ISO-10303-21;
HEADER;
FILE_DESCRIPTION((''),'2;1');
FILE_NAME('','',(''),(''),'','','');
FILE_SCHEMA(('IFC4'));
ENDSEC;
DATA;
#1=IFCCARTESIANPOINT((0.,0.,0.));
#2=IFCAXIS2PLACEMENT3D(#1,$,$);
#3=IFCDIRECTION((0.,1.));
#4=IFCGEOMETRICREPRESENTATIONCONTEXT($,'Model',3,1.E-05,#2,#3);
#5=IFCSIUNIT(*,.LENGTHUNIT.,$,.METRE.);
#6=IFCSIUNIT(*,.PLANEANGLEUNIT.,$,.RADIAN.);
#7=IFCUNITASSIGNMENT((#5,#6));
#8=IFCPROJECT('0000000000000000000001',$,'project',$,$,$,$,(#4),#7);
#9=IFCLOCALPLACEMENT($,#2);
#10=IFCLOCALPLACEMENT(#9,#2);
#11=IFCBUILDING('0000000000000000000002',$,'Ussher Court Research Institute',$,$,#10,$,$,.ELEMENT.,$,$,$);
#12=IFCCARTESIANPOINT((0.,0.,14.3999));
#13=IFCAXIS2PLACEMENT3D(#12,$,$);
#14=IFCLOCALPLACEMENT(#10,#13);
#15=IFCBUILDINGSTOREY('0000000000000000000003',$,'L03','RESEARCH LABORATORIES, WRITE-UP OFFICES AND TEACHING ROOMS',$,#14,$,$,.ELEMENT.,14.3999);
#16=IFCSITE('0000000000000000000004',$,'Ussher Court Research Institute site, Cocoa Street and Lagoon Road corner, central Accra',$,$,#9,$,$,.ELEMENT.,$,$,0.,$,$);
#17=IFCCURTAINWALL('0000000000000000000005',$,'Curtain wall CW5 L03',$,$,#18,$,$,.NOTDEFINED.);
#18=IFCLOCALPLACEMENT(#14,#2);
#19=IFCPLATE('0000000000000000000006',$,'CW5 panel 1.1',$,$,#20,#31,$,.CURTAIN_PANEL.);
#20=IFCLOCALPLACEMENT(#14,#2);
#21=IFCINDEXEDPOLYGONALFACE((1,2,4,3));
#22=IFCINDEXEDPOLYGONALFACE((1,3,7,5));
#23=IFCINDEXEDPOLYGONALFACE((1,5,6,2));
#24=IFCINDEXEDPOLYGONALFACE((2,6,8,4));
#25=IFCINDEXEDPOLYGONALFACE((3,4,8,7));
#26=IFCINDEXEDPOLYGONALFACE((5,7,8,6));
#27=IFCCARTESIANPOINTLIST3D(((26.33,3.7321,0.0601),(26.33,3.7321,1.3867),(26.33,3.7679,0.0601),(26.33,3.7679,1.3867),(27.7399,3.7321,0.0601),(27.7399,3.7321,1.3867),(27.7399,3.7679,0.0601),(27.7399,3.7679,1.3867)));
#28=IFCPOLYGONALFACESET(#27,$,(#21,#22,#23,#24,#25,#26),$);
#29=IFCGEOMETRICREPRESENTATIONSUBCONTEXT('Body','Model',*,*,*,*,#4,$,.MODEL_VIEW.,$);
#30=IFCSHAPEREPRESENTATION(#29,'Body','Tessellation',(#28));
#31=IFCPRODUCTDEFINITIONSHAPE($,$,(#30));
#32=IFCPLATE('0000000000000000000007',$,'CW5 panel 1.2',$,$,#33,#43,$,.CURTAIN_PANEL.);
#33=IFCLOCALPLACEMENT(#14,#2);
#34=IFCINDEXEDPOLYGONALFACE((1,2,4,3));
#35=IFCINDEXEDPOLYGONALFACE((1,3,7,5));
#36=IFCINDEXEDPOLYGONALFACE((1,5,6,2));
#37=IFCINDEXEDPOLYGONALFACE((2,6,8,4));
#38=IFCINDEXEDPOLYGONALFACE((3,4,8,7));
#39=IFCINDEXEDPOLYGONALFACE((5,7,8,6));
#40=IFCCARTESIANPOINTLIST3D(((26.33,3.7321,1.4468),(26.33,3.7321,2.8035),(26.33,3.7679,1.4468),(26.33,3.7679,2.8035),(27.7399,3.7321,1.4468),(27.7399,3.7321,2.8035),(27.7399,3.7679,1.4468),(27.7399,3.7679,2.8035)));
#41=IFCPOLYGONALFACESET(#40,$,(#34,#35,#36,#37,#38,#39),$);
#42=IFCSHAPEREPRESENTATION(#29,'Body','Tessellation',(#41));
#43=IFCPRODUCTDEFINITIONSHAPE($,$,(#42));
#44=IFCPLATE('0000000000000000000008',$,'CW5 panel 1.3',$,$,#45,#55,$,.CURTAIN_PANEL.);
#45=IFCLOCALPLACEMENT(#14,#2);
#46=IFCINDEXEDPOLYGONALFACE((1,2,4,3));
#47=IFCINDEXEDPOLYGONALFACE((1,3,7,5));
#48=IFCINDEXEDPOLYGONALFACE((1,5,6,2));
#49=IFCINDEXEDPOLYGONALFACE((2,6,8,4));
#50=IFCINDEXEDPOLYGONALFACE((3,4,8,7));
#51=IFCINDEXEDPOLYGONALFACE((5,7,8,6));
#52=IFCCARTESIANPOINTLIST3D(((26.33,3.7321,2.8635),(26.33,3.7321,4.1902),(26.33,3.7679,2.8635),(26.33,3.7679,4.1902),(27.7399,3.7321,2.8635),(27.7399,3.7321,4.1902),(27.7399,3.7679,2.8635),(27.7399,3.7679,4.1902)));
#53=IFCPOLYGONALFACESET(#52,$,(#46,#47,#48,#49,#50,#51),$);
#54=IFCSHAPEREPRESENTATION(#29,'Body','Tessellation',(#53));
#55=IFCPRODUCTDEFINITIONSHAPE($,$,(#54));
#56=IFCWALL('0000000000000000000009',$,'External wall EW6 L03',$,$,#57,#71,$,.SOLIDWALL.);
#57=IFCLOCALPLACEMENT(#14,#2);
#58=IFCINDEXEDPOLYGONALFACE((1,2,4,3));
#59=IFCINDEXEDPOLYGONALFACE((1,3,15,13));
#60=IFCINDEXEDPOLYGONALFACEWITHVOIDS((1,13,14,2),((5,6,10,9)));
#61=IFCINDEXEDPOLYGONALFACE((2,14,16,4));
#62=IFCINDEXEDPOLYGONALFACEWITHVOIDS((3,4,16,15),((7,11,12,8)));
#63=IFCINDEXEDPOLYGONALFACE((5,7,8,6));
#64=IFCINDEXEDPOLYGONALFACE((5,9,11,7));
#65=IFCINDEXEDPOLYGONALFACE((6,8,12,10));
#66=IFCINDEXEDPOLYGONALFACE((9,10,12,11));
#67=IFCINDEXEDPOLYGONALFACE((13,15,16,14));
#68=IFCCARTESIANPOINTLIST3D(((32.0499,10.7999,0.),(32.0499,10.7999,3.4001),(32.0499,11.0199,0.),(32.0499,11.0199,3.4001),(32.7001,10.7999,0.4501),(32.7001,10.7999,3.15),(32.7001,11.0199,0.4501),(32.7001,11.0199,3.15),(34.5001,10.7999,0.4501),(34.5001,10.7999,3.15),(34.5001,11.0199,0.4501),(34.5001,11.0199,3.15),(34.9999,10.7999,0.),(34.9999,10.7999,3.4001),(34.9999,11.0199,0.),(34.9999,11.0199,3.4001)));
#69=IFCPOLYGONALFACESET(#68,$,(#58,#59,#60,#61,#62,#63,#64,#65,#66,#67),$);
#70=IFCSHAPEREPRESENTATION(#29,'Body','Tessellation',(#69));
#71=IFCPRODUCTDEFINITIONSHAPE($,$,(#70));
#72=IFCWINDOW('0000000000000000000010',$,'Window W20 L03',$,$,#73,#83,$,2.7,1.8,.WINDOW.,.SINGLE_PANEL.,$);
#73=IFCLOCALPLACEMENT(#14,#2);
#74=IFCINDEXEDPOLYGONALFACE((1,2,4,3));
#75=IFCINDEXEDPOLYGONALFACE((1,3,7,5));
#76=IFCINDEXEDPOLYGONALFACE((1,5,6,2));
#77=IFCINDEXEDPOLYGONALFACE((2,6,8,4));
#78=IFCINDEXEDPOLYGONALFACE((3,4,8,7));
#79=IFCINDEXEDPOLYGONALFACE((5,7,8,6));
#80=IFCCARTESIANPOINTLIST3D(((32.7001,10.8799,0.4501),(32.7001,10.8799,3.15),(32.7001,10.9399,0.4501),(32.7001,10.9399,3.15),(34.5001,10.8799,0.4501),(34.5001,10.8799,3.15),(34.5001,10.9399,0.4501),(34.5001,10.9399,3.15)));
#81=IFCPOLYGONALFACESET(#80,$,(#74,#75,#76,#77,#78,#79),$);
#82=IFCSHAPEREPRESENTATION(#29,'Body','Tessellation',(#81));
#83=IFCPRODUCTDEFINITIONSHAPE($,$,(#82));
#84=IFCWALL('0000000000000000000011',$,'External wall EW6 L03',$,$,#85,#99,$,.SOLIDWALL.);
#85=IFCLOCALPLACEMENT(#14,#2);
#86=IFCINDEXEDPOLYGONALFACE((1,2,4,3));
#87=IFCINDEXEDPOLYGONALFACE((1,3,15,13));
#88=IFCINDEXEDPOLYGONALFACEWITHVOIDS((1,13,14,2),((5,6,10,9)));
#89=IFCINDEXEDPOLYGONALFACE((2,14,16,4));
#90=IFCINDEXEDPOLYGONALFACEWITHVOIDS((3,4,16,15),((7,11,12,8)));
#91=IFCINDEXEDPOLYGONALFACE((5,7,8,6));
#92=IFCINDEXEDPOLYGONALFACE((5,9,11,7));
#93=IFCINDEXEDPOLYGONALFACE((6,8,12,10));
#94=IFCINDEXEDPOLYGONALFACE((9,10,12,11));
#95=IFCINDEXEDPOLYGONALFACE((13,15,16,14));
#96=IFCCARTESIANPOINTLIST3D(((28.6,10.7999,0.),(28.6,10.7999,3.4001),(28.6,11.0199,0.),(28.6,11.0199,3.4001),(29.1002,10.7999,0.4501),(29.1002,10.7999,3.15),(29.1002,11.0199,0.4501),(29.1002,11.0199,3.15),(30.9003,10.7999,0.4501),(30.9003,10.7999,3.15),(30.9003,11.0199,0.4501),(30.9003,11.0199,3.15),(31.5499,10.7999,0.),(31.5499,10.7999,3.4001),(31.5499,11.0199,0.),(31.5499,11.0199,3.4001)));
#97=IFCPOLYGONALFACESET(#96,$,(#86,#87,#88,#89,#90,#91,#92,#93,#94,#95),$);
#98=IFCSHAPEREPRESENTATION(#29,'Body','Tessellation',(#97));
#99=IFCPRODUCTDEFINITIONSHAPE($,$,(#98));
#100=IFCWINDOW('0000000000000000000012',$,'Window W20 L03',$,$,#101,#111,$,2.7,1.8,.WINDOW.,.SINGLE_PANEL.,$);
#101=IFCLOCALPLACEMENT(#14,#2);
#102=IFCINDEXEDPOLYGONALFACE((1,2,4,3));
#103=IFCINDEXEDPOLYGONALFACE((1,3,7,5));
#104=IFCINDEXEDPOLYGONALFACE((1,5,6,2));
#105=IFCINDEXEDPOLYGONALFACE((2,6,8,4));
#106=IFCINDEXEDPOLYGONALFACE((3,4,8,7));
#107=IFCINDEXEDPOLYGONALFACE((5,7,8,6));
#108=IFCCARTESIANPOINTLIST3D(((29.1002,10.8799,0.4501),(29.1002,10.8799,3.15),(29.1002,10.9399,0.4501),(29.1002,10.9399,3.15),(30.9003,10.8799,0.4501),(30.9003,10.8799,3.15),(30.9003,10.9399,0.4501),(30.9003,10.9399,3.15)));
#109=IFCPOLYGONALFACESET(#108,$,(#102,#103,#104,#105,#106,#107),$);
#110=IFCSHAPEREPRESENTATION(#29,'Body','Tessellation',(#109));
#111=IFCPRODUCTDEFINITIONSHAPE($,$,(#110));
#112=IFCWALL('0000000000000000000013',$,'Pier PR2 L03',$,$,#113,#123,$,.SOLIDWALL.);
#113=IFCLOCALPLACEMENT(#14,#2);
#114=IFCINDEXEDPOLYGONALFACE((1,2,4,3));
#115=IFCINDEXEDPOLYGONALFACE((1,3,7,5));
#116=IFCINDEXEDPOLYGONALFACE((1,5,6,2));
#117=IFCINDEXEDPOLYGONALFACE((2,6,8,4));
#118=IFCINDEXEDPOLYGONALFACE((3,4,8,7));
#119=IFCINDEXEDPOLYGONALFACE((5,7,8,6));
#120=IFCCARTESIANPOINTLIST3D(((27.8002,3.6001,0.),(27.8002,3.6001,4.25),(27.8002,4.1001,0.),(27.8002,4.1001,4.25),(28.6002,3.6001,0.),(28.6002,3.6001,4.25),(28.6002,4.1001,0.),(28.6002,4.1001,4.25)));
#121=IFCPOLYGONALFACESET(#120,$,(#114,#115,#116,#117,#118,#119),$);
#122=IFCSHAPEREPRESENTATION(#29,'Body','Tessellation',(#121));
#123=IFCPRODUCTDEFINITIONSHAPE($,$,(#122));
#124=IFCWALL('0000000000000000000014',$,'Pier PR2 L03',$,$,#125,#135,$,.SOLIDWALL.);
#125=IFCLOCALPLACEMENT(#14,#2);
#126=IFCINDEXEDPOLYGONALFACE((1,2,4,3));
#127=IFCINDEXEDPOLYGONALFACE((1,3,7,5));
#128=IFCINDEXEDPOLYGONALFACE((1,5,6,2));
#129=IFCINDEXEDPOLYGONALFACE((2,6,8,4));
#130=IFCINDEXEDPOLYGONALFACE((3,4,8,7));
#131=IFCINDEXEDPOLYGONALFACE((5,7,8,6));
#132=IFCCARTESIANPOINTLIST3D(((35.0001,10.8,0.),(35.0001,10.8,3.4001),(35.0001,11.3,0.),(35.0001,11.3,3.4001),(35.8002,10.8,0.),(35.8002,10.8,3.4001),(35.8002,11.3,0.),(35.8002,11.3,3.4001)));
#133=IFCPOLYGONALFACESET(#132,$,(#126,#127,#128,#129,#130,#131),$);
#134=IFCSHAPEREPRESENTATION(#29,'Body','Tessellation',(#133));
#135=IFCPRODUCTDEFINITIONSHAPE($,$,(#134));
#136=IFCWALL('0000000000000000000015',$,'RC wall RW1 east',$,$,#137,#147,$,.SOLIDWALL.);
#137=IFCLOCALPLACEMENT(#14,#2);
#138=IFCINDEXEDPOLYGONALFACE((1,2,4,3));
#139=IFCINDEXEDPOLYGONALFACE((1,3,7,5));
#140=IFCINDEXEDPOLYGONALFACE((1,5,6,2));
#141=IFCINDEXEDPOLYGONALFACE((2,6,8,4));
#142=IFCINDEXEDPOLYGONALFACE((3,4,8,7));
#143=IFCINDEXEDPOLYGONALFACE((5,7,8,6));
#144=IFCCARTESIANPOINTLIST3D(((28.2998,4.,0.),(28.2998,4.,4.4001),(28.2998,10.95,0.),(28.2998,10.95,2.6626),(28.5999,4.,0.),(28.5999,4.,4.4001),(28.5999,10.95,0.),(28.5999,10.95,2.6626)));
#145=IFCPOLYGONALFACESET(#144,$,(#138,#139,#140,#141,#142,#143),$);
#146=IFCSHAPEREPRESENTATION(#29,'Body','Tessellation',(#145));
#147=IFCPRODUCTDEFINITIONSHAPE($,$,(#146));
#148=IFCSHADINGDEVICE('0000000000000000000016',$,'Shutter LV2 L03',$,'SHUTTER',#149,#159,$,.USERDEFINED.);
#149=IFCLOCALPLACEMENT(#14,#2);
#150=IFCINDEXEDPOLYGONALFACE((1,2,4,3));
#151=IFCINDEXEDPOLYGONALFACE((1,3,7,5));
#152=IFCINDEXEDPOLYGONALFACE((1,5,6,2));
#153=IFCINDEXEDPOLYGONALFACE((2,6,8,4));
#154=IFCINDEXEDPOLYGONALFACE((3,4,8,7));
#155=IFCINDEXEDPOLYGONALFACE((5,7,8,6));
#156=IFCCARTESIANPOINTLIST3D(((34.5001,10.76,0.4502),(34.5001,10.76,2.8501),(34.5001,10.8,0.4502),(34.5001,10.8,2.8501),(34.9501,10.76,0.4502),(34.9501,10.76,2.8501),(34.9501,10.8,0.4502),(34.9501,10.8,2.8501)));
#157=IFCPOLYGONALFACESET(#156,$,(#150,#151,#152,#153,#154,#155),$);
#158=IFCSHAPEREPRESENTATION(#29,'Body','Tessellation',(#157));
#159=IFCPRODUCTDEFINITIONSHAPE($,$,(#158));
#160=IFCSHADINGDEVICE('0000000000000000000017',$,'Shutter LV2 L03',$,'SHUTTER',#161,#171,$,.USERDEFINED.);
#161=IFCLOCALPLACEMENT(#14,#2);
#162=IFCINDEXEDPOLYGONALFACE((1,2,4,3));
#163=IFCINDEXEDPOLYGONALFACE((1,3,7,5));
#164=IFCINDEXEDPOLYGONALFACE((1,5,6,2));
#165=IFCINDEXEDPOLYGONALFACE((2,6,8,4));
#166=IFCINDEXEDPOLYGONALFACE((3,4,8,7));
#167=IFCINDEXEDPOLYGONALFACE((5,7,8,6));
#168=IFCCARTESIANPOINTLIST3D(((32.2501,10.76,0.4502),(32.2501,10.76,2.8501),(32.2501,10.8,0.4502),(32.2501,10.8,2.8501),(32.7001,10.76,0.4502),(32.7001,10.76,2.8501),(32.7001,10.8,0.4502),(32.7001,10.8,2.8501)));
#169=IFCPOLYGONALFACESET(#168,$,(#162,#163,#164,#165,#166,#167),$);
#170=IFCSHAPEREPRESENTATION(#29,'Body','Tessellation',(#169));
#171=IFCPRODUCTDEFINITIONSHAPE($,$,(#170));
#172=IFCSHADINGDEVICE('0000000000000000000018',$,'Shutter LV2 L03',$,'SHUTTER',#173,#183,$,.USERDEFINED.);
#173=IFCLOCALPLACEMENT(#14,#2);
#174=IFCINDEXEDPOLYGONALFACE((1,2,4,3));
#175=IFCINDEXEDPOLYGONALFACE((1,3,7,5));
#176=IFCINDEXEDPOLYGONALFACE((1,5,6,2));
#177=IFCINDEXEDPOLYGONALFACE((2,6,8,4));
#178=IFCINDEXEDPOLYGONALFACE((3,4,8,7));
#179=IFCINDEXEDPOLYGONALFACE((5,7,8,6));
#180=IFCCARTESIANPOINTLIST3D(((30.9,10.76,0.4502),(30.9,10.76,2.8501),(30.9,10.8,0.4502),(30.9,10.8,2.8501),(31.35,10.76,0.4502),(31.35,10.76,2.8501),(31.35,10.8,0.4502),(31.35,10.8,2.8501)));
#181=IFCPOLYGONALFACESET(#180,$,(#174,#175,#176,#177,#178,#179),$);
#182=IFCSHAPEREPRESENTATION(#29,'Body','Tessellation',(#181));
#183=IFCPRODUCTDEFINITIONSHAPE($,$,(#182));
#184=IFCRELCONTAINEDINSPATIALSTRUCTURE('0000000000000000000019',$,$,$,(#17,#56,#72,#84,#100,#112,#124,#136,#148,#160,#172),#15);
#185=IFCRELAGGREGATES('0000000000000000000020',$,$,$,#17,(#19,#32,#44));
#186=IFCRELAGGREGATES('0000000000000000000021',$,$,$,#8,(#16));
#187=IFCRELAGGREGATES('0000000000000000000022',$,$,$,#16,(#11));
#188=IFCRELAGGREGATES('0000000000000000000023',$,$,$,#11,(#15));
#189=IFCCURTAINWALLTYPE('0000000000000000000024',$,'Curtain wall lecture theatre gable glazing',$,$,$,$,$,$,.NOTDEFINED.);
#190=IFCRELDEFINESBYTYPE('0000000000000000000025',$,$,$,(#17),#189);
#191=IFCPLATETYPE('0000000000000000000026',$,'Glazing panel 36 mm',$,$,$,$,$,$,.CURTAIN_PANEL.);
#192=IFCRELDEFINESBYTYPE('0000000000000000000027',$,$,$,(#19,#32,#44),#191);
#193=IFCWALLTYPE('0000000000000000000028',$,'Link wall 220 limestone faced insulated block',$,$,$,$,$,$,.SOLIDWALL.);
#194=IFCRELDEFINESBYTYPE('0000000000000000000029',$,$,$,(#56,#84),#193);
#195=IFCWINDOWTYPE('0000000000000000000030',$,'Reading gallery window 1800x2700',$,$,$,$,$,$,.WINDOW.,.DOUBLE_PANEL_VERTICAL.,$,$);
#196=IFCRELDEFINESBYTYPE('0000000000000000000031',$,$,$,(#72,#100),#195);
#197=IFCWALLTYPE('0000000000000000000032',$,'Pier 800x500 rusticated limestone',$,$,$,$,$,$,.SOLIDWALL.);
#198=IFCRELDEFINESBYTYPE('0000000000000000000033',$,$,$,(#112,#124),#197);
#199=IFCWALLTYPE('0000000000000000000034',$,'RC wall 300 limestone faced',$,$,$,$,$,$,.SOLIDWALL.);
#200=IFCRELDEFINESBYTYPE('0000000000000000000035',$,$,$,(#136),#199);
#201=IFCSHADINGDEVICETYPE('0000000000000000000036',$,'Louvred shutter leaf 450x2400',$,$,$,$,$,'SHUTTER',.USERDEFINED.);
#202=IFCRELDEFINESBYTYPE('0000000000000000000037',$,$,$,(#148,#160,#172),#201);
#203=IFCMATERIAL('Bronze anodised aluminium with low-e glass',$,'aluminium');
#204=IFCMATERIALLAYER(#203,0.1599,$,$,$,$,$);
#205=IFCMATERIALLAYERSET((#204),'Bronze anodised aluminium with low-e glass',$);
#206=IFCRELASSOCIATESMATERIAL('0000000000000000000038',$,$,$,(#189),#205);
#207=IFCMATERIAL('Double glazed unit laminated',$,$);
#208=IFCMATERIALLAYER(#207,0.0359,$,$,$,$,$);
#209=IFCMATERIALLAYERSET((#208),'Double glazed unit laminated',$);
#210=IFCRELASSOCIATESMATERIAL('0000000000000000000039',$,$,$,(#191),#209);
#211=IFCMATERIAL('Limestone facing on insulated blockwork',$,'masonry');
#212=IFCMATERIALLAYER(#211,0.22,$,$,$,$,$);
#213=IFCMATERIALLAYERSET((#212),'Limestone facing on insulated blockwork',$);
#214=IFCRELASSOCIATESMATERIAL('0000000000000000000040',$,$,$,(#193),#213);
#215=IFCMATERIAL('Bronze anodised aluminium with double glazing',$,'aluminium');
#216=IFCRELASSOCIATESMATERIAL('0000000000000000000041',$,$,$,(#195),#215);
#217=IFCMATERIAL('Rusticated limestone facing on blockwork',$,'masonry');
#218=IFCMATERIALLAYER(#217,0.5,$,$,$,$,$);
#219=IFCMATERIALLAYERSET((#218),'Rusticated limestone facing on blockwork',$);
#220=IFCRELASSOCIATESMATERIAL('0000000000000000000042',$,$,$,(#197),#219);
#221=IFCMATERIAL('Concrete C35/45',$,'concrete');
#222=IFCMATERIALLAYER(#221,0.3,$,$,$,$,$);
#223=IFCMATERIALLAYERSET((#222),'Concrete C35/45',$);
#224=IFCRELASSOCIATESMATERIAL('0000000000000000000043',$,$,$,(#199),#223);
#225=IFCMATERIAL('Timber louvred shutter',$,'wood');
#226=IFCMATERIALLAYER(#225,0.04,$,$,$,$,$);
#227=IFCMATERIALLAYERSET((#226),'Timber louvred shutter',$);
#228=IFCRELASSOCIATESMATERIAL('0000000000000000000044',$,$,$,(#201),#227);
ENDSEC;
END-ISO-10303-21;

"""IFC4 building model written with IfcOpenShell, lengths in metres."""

from ifc_helpers import new_model, si_unit, direction, frame, frame_2d, origin, origin_2d, place, context, subcontext, project, spatial, polyline, rectangle, outline, extrude, material, layer, layer_set, type_object, element, fill, aggregate, save


model = new_model("IFC4")

# Units and contexts
model_context = context("Model", 3, precision=1e-05, world=origin(), true_north=direction((0.0, 1.0)))
body_context = subcontext(model_context, "Body", "Model", "MODEL_VIEW")
ifc_project = project(units=[si_unit("LENGTHUNIT", "METRE"), si_unit("PLANEANGLEUNIT", "RADIAN")], contexts=[model_context])

# Site, building, storey
site_placement = place(None, origin())
site = spatial("IfcSite", under=ifc_project, at=site_placement, Name="Ussher Court Research Institute site, Cocoa Street and Lagoon Road corner, central Accra", CompositionType="ELEMENT", RefElevation=0.0)
building_placement = place(site_placement, origin())
building = spatial("IfcBuilding", under=site, at=building_placement, Name="Ussher Court Research Institute", CompositionType="ELEMENT")
storey_placement = place(building_placement, frame((0.0, 0.0, 14.3999)))
storey = spatial("IfcBuildingStorey", under=building, at=storey_placement, Name="L03", Description="RESEARCH LABORATORIES, WRITE-UP OFFICES AND TEACHING ROOMS", CompositionType="ELEMENT", Elevation=14.3999)

# Curtain wall
ifc_material_1 = material(Name="Bronze anodised aluminium with low-e glass", Category="aluminium")
ifc_layer_1 = layer(ifc_material_1, 0.1599)
ifc_layer_set_1 = layer_set([ifc_layer_1], Name="Bronze anodised aluminium with low-e glass")
curtain_wall_type = type_object("IfcCurtainWallType", Name="Curtain wall lecture theatre gable glazing", PredefinedType="NOTDEFINED", material=ifc_layer_set_1)
curtain_wall_placement = place(storey_placement, origin())
curtain_wall = element("IfcCurtainWall", 1, at=curtain_wall_placement, inside=storey, type_object=curtain_wall_type, Name="Curtain wall CW5 L03", PredefinedType="NOTDEFINED")

# Plates
ifc_material_2 = material(Name="Double glazed unit laminated")
ifc_layer_2 = layer(ifc_material_2, 0.0359)
ifc_layer_set_2 = layer_set([ifc_layer_2], Name="Double glazed unit laminated")
plate_type = type_object("IfcPlateType", Name="Glazing panel 36 mm", PredefinedType="CURTAIN_PANEL", material=ifc_layer_set_2)
plate_1_placement = place(storey_placement, frame((27.0349, 3.75, 0.0601), z_axis=(0.0, 0.0, 1.0), x_axis=(-1.0, 0.0, 0.0)))
plate_1 = element("IfcPlate", 2, at=plate_1_placement, type_object=plate_type, Name="CW5 panel 1.1", PredefinedType="CURTAIN_PANEL", context=body_context, shape_type="SweptSolid", body=[
    extrude(rectangle(XDim=1.4099, YDim=0.0359, at=origin_2d()), origin(), (0.0, 0.0, 1.0), 1.3267),
])
plate_2_placement = place(storey_placement, frame((27.0349, 3.75, 1.4468), z_axis=(0.0, 0.0, 1.0), x_axis=(-1.0, 0.0, 0.0)))
plate_2 = element("IfcPlate", 3, at=plate_2_placement, type_object=plate_type, Name="CW5 panel 1.2", PredefinedType="CURTAIN_PANEL", context=body_context, shape_type="SweptSolid", body=[
    extrude(rectangle(XDim=1.4099, YDim=0.0359, at=origin_2d()), origin(), (0.0, 0.0, 1.0), 1.3567),
])
plate_3_placement = place(storey_placement, frame((27.0349, 3.75, 2.8635), z_axis=(0.0, 0.0, 1.0), x_axis=(-1.0, 0.0, 0.0)))
plate_3 = element("IfcPlate", 4, at=plate_3_placement, type_object=plate_type, Name="CW5 panel 1.3", PredefinedType="CURTAIN_PANEL", context=body_context, shape_type="SweptSolid", body=[
    extrude(rectangle(XDim=1.4099, YDim=0.0359, at=origin_2d()), origin(), (0.0, 0.0, 1.0), 1.3267),
])
aggregate(curtain_wall, [plate_1, plate_2, plate_3])

# Walls, openings, windows
ifc_material_3 = material(Name="Limestone facing on insulated blockwork", Category="masonry")
ifc_layer_3 = layer(ifc_material_3, 0.22)
ifc_layer_set_3 = layer_set([ifc_layer_3], Name="Limestone facing on insulated blockwork")
wall_type_1 = type_object("IfcWallType", Name="Link wall 220 limestone faced insulated block", PredefinedType="SOLIDWALL", material=ifc_layer_set_3)
wall_1_placement = place(storey_placement, frame((35.0, 10.9099, 0.0), z_axis=(0.0, 0.0, 1.0), x_axis=(-1.0, 0.0, 0.0)))
wall_1 = element("IfcWall", 5, at=wall_1_placement, inside=storey, type_object=wall_type_1, Name="External wall EW6 L03", PredefinedType="SOLIDWALL", context=body_context, shape_type="SweptSolid", body=[
    extrude(rectangle(XDim=2.95, YDim=0.22, at=frame_2d((1.4751, 0.0))), origin(), (0.0, 0.0, 1.0), 3.4001),
])
opening_1_placement = place(wall_1_placement, frame((0.5, 0.0, 0.45)))
opening_1 = element("IfcOpeningElement", 6, at=opening_1_placement, cuts=wall_1, PredefinedType="OPENING", context=body_context, shape_type="SweptSolid", body=[
    extrude(rectangle(XDim=1.8, YDim=2.7, at=frame_2d((0.8999, 1.3501))), frame((0.0, 0.1201, 0.0), z_axis=(0.0, -1.0, 0.0), x_axis=(1.0, 0.0, 0.0)), (0.0, 0.0, 1.0), 0.24),
])
ifc_material_4 = material(Name="Bronze anodised aluminium with double glazing", Category="aluminium")
window_type = type_object("IfcWindowType", Name="Reading gallery window 1800x2700", PartitioningType="DOUBLE_PANEL_VERTICAL", PredefinedType="WINDOW", material=ifc_material_4)
window_1_placement = place(opening_1_placement, origin())
window_1 = element("IfcWindow", 7, at=window_1_placement, inside=storey, type_object=window_type, Name="Window W20 L03", OverallHeight=2.7, OverallWidth=1.8, PartitioningType="SINGLE_PANEL", PredefinedType="WINDOW", context=body_context, shape_type="SweptSolid", body=[
    extrude(rectangle(XDim=1.8, YDim=2.7, at=frame_2d((0.8999, 1.3501))), frame((0.0, 0.03, 0.0), z_axis=(0.0, -1.0, 0.0), x_axis=(1.0, 0.0, 0.0)), (0.0, 0.0, 1.0), 0.0601),
])
fill(opening_1, window_1)
wall_2_placement = place(storey_placement, frame((31.55, 10.9099, 0.0), z_axis=(0.0, 0.0, 1.0), x_axis=(-1.0, 0.0, 0.0)))
wall_2 = element("IfcWall", 8, at=wall_2_placement, inside=storey, type_object=wall_type_1, Name="External wall EW6 L03", PredefinedType="SOLIDWALL", context=body_context, shape_type="SweptSolid", body=[
    extrude(rectangle(XDim=2.95, YDim=0.22, at=frame_2d((1.4751, 0.0))), origin(), (0.0, 0.0, 1.0), 3.4001),
])
opening_2_placement = place(wall_2_placement, frame((0.6499, 0.0, 0.45)))
opening_2 = element("IfcOpeningElement", 9, at=opening_2_placement, cuts=wall_2, PredefinedType="OPENING", context=body_context, shape_type="SweptSolid", body=[
    extrude(rectangle(XDim=1.8, YDim=2.7, at=frame_2d((0.8999, 1.3501))), frame((0.0, 0.1201, 0.0), z_axis=(0.0, -1.0, 0.0), x_axis=(1.0, 0.0, 0.0)), (0.0, 0.0, 1.0), 0.24),
])
window_2_placement = place(opening_2_placement, origin())
window_2 = element("IfcWindow", 10, at=window_2_placement, inside=storey, type_object=window_type, Name="Window W20 L03", OverallHeight=2.7, OverallWidth=1.8, PartitioningType="SINGLE_PANEL", PredefinedType="WINDOW", context=body_context, shape_type="SweptSolid", body=[
    extrude(rectangle(XDim=1.8, YDim=2.7, at=frame_2d((0.8999, 1.3501))), frame((0.0, 0.03, 0.0), z_axis=(0.0, -1.0, 0.0), x_axis=(1.0, 0.0, 0.0)), (0.0, 0.0, 1.0), 0.0601),
])
fill(opening_2, window_2)

# Walls
ifc_material_5 = material(Name="Rusticated limestone facing on blockwork", Category="masonry")
ifc_layer_4 = layer(ifc_material_5, 0.5)
ifc_layer_set_4 = layer_set([ifc_layer_4], Name="Rusticated limestone facing on blockwork")
wall_type_2 = type_object("IfcWallType", Name="Pier 800x500 rusticated limestone", PredefinedType="SOLIDWALL", material=ifc_layer_set_4)
wall_3_placement = place(storey_placement, frame((28.6001, 3.8501, 0.0), z_axis=(0.0, 0.0, 1.0), x_axis=(-1.0, 0.0, 0.0)))
element("IfcWall", 11, at=wall_3_placement, inside=storey, type_object=wall_type_2, Name="Pier PR2 L03", PredefinedType="SOLIDWALL", context=body_context, shape_type="SweptSolid", body=[
    extrude(rectangle(XDim=0.8, YDim=0.5, at=frame_2d((0.3999, 0.0))), origin(), (0.0, 0.0, 1.0), 4.25),
])
wall_4_placement = place(storey_placement, frame((35.8, 11.05, 0.0), z_axis=(0.0, 0.0, 1.0), x_axis=(-1.0, 0.0, 0.0)))
element("IfcWall", 12, at=wall_4_placement, inside=storey, type_object=wall_type_2, Name="Pier PR2 L03", PredefinedType="SOLIDWALL", context=body_context, shape_type="SweptSolid", body=[
    extrude(rectangle(XDim=0.8, YDim=0.5, at=frame_2d((0.3999, 0.0))), origin(), (0.0, 0.0, 1.0), 3.4001),
])
ifc_material_6 = material(Name="Concrete C35/45", Category="concrete")
ifc_layer_5 = layer(ifc_material_6, 0.3)
ifc_layer_set_5 = layer_set([ifc_layer_5], Name="Concrete C35/45")
wall_type_3 = type_object("IfcWallType", Name="RC wall 300 limestone faced", PredefinedType="SOLIDWALL", material=ifc_layer_set_5)
wall_5_placement = place(storey_placement, frame((28.45, 10.95, 0.0), z_axis=(0.0, 0.0, 1.0), x_axis=(0.0, -1.0, 0.0)))
element("IfcWall", 13, at=wall_5_placement, inside=storey, type_object=wall_type_3, Name="RC wall RW1 east", PredefinedType="SOLIDWALL", context=body_context, shape_type="SweptSolid", body=[
    extrude(outline(polyline([(0.0, 0.0), (6.95, 0.0), (6.95, 4.4001), (0.0, 2.6626), (0.0, 0.0)])), frame((0.0, 0.1499, 0.0), z_axis=(0.0, -1.0, 0.0), x_axis=(1.0, 0.0, 0.0)), (0.0, 0.0, 1.0), 0.3),
])

# Shading devices
ifc_material_7 = material(Name="Timber louvred shutter", Category="wood")
ifc_layer_6 = layer(ifc_material_7, 0.04)
ifc_layer_set_6 = layer_set([ifc_layer_6], Name="Timber louvred shutter")
shading_device_type = type_object("IfcShadingDeviceType", Name="Louvred shutter leaf 450x2400", ElementType="SHUTTER", PredefinedType="USERDEFINED", material=ifc_layer_set_6)
for number, where, z_axis, x_axis, name in (
    (14, (34.7251, 10.78, 0.4502), (0.0, 0.0, 1.0), (-1.0, 0.0, 0.0), "Shutter LV2 L03"),
    (15, (32.4751, 10.78, 0.4502), (0.0, 0.0, 1.0), (-1.0, 0.0, 0.0), "Shutter LV2 L03"),
    (16, (31.125, 10.78, 0.4502), (0.0, 0.0, 1.0), (-1.0, 0.0, 0.0), "Shutter LV2 L03"),
):
    element("IfcShadingDevice", number, at=place(storey_placement, frame(where, z_axis=z_axis, x_axis=x_axis)), inside=storey, type_object=shading_device_type, Name=name, ObjectType="SHUTTER", PredefinedType="USERDEFINED", context=body_context, shape_type="SweptSolid", body=[
        extrude(rectangle(XDim=0.45, YDim=0.04, at=origin_2d()), origin(), (0.0, 0.0, 1.0), 2.3999),
    ])

save(model, "model.ifc")
